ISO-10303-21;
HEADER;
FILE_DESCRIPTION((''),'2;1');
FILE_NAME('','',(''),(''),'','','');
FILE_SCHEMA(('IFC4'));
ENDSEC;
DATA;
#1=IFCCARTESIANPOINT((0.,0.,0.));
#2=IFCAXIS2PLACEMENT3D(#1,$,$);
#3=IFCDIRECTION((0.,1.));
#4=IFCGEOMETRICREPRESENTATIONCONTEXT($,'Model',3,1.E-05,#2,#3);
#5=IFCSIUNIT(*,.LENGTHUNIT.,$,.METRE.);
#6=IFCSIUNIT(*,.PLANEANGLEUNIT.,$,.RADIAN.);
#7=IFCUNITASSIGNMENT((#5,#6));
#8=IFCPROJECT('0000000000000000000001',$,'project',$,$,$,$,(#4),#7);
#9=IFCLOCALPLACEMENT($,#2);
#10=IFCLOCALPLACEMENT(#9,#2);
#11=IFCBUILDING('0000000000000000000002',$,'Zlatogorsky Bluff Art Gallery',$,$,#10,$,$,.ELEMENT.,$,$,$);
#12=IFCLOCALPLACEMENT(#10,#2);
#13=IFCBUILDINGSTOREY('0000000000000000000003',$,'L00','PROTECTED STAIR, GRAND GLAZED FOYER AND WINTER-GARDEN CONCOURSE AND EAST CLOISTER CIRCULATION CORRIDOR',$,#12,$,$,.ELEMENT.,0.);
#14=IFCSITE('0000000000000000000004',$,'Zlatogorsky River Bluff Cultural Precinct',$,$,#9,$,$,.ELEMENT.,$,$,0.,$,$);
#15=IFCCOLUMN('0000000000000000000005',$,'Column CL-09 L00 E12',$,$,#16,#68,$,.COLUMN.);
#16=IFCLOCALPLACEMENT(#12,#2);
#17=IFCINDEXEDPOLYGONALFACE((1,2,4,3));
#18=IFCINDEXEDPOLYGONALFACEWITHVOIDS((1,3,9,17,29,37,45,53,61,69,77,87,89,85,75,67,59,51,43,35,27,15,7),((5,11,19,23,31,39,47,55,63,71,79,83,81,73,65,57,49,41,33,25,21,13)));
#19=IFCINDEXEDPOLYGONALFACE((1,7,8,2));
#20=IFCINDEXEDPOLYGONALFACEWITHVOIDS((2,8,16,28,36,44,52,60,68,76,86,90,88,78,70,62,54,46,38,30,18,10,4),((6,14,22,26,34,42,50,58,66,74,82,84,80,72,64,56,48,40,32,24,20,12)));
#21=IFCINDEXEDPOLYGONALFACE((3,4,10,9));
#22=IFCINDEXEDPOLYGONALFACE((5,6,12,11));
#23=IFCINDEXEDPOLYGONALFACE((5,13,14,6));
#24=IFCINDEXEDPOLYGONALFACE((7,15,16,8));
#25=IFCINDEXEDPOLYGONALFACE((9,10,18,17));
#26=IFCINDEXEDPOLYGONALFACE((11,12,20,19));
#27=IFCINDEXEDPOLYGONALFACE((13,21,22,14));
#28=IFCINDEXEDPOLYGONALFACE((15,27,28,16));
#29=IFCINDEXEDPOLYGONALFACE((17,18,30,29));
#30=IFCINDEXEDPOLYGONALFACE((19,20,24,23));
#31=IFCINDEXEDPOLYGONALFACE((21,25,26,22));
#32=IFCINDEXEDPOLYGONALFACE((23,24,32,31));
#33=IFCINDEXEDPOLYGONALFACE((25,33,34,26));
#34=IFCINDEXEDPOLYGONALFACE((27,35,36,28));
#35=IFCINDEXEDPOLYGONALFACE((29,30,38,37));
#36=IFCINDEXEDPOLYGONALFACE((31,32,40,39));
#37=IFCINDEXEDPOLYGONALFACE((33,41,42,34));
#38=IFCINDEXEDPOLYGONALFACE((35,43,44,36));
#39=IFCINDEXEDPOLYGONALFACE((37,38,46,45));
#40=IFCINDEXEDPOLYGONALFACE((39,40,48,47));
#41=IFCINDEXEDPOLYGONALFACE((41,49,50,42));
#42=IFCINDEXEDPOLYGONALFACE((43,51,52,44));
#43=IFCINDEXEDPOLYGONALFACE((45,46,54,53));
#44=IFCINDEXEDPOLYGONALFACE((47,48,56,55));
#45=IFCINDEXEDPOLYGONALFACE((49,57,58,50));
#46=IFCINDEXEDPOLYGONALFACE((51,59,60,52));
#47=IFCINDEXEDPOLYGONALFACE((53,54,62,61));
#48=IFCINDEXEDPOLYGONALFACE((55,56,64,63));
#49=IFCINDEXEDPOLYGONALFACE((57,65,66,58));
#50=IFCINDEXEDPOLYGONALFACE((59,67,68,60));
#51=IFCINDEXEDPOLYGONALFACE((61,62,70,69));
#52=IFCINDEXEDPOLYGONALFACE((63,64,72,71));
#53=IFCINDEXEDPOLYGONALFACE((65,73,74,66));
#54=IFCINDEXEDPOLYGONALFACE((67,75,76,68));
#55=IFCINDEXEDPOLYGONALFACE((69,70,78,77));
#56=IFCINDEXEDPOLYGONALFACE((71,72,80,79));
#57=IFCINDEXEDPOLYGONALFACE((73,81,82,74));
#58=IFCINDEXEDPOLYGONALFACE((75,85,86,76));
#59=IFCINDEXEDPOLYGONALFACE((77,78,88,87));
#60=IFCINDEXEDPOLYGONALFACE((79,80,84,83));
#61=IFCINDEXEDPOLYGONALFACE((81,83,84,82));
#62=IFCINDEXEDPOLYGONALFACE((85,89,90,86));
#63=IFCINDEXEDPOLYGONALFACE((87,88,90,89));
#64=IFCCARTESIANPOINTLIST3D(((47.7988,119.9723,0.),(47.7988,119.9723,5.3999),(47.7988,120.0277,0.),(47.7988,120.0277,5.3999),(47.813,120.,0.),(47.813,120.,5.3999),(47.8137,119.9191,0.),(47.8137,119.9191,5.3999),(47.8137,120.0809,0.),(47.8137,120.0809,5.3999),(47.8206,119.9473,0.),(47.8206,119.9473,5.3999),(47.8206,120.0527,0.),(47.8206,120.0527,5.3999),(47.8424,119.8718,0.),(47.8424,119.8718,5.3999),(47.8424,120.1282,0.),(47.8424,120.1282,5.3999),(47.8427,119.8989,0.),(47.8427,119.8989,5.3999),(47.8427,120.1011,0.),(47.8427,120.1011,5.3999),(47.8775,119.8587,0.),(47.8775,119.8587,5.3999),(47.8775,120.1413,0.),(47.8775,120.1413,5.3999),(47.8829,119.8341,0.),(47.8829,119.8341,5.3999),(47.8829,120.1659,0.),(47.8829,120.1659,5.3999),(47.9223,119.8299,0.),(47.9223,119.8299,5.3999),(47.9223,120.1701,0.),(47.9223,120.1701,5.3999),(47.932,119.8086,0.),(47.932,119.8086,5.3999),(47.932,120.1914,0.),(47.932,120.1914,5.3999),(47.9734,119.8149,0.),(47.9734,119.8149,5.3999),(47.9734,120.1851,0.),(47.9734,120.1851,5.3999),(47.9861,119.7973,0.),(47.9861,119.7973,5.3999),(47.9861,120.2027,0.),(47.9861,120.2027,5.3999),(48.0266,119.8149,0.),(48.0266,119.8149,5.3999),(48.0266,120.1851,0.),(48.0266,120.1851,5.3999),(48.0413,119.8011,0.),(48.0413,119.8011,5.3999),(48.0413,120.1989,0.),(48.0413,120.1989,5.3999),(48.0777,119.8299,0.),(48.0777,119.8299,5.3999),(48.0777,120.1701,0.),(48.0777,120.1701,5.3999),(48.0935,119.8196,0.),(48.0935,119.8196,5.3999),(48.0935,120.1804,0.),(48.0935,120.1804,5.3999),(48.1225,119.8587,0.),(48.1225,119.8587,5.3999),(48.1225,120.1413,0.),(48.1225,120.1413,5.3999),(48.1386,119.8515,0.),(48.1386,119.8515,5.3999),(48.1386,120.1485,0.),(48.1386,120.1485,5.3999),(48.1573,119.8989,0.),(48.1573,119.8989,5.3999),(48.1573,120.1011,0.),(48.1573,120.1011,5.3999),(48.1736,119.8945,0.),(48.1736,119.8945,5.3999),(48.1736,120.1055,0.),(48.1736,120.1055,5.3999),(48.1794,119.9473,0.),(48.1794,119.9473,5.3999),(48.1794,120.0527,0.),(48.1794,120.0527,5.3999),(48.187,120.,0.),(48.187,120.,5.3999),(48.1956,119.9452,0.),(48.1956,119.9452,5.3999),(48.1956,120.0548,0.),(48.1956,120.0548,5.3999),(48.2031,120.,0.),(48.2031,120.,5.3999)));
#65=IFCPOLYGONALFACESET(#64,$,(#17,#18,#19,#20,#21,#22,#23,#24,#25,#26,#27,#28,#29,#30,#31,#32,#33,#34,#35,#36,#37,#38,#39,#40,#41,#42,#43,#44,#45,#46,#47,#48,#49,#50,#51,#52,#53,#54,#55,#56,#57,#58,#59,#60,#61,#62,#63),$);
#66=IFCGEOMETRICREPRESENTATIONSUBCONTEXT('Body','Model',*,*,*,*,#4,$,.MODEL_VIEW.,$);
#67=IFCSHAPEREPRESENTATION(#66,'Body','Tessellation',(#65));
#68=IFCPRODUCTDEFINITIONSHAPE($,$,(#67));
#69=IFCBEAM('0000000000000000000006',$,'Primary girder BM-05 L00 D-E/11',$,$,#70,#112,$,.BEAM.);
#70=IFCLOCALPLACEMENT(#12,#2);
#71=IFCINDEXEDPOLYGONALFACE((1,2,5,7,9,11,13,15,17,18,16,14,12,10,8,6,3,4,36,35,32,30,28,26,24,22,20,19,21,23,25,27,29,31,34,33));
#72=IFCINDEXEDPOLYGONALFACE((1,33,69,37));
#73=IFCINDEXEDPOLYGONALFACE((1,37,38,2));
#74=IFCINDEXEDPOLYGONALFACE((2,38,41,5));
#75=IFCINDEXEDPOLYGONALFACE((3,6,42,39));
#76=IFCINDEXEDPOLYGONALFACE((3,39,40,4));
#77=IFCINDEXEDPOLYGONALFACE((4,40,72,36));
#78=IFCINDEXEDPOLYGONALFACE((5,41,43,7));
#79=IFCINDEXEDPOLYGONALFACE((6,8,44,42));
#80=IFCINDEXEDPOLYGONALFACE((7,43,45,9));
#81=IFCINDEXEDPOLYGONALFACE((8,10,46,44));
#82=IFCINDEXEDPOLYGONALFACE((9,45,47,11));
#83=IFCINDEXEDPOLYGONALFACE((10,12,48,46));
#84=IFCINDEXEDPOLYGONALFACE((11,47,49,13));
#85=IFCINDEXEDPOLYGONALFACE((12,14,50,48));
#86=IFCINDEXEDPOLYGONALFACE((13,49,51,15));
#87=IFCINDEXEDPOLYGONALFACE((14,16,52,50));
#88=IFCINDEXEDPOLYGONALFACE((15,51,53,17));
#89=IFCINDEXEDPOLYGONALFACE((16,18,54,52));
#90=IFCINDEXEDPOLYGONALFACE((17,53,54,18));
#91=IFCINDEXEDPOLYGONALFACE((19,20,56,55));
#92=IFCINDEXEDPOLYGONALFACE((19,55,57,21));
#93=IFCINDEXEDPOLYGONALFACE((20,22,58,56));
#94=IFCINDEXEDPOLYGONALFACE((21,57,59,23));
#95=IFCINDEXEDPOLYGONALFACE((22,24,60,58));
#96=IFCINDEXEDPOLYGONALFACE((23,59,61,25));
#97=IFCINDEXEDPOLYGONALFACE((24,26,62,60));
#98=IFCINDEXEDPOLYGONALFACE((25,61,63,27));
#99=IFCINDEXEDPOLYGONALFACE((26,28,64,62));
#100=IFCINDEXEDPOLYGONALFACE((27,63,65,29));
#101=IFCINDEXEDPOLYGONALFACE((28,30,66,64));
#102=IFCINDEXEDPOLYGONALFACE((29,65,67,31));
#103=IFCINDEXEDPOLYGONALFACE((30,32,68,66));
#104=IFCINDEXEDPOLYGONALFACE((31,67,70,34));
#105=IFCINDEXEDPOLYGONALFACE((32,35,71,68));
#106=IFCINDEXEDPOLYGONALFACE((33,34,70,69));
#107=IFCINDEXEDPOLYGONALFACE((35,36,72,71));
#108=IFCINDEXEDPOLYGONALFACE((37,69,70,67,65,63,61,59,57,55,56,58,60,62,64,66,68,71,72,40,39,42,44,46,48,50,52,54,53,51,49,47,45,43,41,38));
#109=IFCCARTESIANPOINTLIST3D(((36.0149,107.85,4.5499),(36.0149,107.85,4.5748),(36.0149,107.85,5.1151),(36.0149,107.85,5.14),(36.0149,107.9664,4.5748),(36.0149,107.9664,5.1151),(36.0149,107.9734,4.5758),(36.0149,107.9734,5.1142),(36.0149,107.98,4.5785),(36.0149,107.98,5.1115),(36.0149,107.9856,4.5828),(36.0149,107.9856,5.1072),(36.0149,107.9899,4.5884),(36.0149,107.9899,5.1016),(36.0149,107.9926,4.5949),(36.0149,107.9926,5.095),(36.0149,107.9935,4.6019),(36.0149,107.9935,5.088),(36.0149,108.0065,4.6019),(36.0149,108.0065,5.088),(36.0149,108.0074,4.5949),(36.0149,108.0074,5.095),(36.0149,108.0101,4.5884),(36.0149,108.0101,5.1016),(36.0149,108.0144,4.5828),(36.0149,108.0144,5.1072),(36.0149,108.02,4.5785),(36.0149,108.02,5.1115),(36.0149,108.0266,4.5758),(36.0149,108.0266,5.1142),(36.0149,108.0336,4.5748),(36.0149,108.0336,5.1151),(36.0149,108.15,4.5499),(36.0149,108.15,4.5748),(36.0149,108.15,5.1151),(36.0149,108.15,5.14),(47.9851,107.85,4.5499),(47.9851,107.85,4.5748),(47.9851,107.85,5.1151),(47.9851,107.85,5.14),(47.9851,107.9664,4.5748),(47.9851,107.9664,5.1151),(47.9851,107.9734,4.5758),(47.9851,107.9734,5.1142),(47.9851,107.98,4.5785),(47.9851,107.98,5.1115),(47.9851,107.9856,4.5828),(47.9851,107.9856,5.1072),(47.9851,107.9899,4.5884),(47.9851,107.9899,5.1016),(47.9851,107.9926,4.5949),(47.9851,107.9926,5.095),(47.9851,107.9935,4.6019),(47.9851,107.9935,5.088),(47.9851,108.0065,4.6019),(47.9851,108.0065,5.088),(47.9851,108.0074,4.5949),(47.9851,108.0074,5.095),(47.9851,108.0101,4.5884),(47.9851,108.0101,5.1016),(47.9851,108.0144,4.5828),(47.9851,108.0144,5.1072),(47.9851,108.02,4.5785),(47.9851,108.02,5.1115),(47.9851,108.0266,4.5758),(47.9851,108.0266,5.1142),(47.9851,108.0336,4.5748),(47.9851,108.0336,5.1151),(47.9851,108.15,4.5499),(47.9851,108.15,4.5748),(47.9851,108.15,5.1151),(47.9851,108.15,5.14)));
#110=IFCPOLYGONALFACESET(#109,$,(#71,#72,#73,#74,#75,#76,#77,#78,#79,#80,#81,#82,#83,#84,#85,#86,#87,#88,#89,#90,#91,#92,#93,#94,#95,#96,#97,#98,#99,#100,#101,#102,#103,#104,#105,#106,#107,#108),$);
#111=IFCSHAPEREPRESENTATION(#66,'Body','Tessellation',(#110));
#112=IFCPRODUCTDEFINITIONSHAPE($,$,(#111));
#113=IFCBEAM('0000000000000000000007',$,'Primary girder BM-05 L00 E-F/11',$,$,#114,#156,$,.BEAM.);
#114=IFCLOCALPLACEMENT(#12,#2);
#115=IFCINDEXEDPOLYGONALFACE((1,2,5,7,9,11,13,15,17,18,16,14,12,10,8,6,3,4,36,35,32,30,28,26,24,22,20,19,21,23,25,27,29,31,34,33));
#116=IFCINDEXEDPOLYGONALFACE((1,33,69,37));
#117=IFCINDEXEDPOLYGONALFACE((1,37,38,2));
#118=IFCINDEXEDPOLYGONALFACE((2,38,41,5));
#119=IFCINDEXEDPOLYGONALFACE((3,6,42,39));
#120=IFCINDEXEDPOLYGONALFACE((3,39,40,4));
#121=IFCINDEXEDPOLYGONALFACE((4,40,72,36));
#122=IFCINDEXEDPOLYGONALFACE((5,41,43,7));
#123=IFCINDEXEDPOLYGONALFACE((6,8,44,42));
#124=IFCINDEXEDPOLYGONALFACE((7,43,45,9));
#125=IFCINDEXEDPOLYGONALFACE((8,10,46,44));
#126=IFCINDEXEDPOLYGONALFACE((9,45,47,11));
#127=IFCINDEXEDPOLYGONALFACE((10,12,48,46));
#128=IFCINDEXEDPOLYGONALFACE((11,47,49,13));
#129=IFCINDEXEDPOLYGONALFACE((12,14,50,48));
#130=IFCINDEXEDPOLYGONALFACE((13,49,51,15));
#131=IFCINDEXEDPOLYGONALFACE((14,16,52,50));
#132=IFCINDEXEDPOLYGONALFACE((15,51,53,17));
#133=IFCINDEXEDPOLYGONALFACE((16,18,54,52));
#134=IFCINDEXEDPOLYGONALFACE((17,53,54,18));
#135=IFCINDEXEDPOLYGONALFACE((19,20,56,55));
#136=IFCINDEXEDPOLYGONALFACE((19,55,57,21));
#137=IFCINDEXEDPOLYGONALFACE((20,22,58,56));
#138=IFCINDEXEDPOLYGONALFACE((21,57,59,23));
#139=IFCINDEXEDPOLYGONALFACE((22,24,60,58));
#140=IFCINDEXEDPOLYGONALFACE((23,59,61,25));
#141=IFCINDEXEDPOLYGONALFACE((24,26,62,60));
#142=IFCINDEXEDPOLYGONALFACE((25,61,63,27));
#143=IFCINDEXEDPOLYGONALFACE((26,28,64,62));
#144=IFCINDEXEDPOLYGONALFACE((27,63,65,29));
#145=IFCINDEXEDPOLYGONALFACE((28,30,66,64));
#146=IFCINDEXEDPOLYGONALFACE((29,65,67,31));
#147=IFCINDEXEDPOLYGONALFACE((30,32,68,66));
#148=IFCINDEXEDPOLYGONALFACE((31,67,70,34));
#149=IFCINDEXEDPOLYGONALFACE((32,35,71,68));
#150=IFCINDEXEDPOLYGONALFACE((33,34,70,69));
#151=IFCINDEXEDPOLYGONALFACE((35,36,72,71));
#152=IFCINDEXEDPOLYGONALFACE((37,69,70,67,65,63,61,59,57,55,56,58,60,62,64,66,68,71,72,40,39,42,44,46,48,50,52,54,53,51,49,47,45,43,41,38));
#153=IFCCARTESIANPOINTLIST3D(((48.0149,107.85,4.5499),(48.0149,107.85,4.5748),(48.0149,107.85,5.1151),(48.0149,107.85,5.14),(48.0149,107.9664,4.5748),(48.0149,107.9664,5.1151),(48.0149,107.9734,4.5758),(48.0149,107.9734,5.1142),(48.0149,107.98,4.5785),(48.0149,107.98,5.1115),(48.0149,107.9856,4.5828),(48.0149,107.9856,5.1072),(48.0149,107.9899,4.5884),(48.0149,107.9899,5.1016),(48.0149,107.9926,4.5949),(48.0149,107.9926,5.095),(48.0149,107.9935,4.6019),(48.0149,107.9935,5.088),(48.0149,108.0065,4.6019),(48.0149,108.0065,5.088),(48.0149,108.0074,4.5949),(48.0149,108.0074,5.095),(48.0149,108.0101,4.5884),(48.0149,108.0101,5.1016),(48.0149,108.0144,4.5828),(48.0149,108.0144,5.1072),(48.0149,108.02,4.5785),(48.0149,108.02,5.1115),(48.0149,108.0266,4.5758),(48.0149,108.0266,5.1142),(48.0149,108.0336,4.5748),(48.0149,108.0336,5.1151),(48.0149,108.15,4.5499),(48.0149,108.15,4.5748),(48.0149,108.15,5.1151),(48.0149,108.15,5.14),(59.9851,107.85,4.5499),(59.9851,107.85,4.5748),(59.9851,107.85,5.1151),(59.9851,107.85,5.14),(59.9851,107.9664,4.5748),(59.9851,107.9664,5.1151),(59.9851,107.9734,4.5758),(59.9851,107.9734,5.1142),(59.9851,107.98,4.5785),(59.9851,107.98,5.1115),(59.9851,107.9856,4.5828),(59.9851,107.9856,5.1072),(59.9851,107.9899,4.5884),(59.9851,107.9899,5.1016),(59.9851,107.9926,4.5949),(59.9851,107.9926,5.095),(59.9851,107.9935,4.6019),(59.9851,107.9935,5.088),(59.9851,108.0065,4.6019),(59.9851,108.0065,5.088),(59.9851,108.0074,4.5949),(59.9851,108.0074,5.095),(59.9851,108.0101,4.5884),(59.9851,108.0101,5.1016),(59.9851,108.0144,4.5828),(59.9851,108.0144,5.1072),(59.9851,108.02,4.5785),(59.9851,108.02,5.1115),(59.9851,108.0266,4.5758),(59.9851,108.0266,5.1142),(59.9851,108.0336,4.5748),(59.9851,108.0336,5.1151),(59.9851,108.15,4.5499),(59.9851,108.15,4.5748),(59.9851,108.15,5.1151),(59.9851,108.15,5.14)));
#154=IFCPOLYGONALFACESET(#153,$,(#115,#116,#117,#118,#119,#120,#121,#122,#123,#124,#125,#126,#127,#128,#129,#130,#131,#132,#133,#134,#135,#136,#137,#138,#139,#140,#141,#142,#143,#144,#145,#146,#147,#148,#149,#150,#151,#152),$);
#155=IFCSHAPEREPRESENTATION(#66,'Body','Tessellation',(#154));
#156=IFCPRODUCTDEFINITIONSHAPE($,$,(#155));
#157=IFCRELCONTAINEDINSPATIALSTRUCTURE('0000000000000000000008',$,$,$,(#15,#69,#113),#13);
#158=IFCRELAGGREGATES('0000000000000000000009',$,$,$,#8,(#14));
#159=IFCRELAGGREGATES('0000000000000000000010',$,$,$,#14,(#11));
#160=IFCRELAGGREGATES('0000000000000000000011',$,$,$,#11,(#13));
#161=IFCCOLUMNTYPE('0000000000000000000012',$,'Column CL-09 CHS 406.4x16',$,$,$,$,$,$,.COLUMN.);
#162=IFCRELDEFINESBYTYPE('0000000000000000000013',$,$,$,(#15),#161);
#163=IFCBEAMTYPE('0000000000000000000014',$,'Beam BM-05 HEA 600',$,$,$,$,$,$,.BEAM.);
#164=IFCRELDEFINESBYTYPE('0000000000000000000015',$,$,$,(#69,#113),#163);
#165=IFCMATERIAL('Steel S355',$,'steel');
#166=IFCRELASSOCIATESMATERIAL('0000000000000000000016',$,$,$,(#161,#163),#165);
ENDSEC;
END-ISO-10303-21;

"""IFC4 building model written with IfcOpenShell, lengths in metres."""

from ifc_helpers import new_model, si_unit, direction, frame, origin, origin_2d, place, context, subcontext, project, spatial, hollow_circle, i_section, extrude, material, material_profile, profile_set, type_object, element, save


model = new_model("IFC4")

# Units and contexts
model_context = context("Model", 3, precision=1e-05, world=origin(), true_north=direction((0.0, 1.0)))
body_context = subcontext(model_context, "Body", "Model", "MODEL_VIEW")
ifc_project = project(units=[si_unit("LENGTHUNIT", "METRE"), si_unit("PLANEANGLEUNIT", "RADIAN")], contexts=[model_context])

# Site, building, storey
site_placement = place(None, origin())
site = spatial("IfcSite", under=ifc_project, at=site_placement, Name="Zlatogorsky River Bluff Cultural Precinct", CompositionType="ELEMENT", RefElevation=0.0)
building_placement = place(site_placement, origin())
building = spatial("IfcBuilding", under=site, at=building_placement, Name="Zlatogorsky Bluff Art Gallery", CompositionType="ELEMENT")
storey_placement = place(building_placement, origin())
storey = spatial("IfcBuildingStorey", under=building, at=storey_placement, Name="L00", Description="PROTECTED STAIR, GRAND GLAZED FOYER AND WINTER-GARDEN CONCOURSE AND EAST CLOISTER CIRCULATION CORRIDOR", CompositionType="ELEMENT", Elevation=0.0)

# Column
ifc_material_1 = material(Name="Steel S355", Category="steel")
ifc_material_profile_1 = material_profile(ifc_material_1, hollow_circle(Radius=0.2031, WallThickness=0.0161, at=origin_2d()), Name="CHS 406.4x16")
ifc_profile_set_1 = profile_set([ifc_material_profile_1], Name="Steel S355")
column_type_1 = type_object("IfcColumnType", Name="Column CL-09 CHS 406.4x16", PredefinedType="COLUMN", material=ifc_profile_set_1)
for number, where, z_axis, x_axis, name in (
    (1, (48.0, 120.0, 0.0), (0.0, 0.0, 1.0), (1.0, 0.0, 0.0), "Column CL-09 L00 E12"),
):
    element("IfcColumn", number, at=place(storey_placement, frame(where, z_axis=z_axis, x_axis=x_axis)), inside=storey, type_object=column_type_1, Name=name, PredefinedType="COLUMN", context=body_context, shape_type="SweptSolid", body=[
        extrude(hollow_circle(Radius=0.2031, WallThickness=0.0161, at=origin_2d()), origin(), (0.0, 0.0, 1.0), 5.3999),
    ])

# Beams
ifc_material_profile_2 = material_profile(ifc_material_1, i_section(OverallWidth=0.3, OverallDepth=0.5901, WebThickness=0.0129, FlangeThickness=0.0249, FilletRadius=0.0271, at=origin_2d()), Name="HEA 600")
ifc_profile_set_2 = profile_set([ifc_material_profile_2], Name="Steel S355")
beam_type_1 = type_object("IfcBeamType", Name="Beam BM-05 HEA 600", PredefinedType="BEAM", material=ifc_profile_set_2)
for number, where, z_axis, x_axis, name in (
    (2, (36.0149, 108.0, 4.845), (1.0, 0.0, 0.0), (0.0, 1.0, 0.0), "Primary girder BM-05 L00 D-E/11"),
    (3, (48.0149, 108.0, 4.845), (1.0, 0.0, 0.0), (0.0, 1.0, 0.0), "Primary girder BM-05 L00 E-F/11"),
):
    element("IfcBeam", number, at=place(storey_placement, frame(where, z_axis=z_axis, x_axis=x_axis)), inside=storey, type_object=beam_type_1, Name=name, PredefinedType="BEAM", context=body_context, shape_type="SweptSolid", body=[
        extrude(i_section(OverallWidth=0.3, OverallDepth=0.5901, WebThickness=0.0129, FlangeThickness=0.0249, FilletRadius=0.0271, at=origin_2d()), origin(), (0.0, 0.0, 1.0), 11.9702),
    ])

save(model, "model.ifc")
